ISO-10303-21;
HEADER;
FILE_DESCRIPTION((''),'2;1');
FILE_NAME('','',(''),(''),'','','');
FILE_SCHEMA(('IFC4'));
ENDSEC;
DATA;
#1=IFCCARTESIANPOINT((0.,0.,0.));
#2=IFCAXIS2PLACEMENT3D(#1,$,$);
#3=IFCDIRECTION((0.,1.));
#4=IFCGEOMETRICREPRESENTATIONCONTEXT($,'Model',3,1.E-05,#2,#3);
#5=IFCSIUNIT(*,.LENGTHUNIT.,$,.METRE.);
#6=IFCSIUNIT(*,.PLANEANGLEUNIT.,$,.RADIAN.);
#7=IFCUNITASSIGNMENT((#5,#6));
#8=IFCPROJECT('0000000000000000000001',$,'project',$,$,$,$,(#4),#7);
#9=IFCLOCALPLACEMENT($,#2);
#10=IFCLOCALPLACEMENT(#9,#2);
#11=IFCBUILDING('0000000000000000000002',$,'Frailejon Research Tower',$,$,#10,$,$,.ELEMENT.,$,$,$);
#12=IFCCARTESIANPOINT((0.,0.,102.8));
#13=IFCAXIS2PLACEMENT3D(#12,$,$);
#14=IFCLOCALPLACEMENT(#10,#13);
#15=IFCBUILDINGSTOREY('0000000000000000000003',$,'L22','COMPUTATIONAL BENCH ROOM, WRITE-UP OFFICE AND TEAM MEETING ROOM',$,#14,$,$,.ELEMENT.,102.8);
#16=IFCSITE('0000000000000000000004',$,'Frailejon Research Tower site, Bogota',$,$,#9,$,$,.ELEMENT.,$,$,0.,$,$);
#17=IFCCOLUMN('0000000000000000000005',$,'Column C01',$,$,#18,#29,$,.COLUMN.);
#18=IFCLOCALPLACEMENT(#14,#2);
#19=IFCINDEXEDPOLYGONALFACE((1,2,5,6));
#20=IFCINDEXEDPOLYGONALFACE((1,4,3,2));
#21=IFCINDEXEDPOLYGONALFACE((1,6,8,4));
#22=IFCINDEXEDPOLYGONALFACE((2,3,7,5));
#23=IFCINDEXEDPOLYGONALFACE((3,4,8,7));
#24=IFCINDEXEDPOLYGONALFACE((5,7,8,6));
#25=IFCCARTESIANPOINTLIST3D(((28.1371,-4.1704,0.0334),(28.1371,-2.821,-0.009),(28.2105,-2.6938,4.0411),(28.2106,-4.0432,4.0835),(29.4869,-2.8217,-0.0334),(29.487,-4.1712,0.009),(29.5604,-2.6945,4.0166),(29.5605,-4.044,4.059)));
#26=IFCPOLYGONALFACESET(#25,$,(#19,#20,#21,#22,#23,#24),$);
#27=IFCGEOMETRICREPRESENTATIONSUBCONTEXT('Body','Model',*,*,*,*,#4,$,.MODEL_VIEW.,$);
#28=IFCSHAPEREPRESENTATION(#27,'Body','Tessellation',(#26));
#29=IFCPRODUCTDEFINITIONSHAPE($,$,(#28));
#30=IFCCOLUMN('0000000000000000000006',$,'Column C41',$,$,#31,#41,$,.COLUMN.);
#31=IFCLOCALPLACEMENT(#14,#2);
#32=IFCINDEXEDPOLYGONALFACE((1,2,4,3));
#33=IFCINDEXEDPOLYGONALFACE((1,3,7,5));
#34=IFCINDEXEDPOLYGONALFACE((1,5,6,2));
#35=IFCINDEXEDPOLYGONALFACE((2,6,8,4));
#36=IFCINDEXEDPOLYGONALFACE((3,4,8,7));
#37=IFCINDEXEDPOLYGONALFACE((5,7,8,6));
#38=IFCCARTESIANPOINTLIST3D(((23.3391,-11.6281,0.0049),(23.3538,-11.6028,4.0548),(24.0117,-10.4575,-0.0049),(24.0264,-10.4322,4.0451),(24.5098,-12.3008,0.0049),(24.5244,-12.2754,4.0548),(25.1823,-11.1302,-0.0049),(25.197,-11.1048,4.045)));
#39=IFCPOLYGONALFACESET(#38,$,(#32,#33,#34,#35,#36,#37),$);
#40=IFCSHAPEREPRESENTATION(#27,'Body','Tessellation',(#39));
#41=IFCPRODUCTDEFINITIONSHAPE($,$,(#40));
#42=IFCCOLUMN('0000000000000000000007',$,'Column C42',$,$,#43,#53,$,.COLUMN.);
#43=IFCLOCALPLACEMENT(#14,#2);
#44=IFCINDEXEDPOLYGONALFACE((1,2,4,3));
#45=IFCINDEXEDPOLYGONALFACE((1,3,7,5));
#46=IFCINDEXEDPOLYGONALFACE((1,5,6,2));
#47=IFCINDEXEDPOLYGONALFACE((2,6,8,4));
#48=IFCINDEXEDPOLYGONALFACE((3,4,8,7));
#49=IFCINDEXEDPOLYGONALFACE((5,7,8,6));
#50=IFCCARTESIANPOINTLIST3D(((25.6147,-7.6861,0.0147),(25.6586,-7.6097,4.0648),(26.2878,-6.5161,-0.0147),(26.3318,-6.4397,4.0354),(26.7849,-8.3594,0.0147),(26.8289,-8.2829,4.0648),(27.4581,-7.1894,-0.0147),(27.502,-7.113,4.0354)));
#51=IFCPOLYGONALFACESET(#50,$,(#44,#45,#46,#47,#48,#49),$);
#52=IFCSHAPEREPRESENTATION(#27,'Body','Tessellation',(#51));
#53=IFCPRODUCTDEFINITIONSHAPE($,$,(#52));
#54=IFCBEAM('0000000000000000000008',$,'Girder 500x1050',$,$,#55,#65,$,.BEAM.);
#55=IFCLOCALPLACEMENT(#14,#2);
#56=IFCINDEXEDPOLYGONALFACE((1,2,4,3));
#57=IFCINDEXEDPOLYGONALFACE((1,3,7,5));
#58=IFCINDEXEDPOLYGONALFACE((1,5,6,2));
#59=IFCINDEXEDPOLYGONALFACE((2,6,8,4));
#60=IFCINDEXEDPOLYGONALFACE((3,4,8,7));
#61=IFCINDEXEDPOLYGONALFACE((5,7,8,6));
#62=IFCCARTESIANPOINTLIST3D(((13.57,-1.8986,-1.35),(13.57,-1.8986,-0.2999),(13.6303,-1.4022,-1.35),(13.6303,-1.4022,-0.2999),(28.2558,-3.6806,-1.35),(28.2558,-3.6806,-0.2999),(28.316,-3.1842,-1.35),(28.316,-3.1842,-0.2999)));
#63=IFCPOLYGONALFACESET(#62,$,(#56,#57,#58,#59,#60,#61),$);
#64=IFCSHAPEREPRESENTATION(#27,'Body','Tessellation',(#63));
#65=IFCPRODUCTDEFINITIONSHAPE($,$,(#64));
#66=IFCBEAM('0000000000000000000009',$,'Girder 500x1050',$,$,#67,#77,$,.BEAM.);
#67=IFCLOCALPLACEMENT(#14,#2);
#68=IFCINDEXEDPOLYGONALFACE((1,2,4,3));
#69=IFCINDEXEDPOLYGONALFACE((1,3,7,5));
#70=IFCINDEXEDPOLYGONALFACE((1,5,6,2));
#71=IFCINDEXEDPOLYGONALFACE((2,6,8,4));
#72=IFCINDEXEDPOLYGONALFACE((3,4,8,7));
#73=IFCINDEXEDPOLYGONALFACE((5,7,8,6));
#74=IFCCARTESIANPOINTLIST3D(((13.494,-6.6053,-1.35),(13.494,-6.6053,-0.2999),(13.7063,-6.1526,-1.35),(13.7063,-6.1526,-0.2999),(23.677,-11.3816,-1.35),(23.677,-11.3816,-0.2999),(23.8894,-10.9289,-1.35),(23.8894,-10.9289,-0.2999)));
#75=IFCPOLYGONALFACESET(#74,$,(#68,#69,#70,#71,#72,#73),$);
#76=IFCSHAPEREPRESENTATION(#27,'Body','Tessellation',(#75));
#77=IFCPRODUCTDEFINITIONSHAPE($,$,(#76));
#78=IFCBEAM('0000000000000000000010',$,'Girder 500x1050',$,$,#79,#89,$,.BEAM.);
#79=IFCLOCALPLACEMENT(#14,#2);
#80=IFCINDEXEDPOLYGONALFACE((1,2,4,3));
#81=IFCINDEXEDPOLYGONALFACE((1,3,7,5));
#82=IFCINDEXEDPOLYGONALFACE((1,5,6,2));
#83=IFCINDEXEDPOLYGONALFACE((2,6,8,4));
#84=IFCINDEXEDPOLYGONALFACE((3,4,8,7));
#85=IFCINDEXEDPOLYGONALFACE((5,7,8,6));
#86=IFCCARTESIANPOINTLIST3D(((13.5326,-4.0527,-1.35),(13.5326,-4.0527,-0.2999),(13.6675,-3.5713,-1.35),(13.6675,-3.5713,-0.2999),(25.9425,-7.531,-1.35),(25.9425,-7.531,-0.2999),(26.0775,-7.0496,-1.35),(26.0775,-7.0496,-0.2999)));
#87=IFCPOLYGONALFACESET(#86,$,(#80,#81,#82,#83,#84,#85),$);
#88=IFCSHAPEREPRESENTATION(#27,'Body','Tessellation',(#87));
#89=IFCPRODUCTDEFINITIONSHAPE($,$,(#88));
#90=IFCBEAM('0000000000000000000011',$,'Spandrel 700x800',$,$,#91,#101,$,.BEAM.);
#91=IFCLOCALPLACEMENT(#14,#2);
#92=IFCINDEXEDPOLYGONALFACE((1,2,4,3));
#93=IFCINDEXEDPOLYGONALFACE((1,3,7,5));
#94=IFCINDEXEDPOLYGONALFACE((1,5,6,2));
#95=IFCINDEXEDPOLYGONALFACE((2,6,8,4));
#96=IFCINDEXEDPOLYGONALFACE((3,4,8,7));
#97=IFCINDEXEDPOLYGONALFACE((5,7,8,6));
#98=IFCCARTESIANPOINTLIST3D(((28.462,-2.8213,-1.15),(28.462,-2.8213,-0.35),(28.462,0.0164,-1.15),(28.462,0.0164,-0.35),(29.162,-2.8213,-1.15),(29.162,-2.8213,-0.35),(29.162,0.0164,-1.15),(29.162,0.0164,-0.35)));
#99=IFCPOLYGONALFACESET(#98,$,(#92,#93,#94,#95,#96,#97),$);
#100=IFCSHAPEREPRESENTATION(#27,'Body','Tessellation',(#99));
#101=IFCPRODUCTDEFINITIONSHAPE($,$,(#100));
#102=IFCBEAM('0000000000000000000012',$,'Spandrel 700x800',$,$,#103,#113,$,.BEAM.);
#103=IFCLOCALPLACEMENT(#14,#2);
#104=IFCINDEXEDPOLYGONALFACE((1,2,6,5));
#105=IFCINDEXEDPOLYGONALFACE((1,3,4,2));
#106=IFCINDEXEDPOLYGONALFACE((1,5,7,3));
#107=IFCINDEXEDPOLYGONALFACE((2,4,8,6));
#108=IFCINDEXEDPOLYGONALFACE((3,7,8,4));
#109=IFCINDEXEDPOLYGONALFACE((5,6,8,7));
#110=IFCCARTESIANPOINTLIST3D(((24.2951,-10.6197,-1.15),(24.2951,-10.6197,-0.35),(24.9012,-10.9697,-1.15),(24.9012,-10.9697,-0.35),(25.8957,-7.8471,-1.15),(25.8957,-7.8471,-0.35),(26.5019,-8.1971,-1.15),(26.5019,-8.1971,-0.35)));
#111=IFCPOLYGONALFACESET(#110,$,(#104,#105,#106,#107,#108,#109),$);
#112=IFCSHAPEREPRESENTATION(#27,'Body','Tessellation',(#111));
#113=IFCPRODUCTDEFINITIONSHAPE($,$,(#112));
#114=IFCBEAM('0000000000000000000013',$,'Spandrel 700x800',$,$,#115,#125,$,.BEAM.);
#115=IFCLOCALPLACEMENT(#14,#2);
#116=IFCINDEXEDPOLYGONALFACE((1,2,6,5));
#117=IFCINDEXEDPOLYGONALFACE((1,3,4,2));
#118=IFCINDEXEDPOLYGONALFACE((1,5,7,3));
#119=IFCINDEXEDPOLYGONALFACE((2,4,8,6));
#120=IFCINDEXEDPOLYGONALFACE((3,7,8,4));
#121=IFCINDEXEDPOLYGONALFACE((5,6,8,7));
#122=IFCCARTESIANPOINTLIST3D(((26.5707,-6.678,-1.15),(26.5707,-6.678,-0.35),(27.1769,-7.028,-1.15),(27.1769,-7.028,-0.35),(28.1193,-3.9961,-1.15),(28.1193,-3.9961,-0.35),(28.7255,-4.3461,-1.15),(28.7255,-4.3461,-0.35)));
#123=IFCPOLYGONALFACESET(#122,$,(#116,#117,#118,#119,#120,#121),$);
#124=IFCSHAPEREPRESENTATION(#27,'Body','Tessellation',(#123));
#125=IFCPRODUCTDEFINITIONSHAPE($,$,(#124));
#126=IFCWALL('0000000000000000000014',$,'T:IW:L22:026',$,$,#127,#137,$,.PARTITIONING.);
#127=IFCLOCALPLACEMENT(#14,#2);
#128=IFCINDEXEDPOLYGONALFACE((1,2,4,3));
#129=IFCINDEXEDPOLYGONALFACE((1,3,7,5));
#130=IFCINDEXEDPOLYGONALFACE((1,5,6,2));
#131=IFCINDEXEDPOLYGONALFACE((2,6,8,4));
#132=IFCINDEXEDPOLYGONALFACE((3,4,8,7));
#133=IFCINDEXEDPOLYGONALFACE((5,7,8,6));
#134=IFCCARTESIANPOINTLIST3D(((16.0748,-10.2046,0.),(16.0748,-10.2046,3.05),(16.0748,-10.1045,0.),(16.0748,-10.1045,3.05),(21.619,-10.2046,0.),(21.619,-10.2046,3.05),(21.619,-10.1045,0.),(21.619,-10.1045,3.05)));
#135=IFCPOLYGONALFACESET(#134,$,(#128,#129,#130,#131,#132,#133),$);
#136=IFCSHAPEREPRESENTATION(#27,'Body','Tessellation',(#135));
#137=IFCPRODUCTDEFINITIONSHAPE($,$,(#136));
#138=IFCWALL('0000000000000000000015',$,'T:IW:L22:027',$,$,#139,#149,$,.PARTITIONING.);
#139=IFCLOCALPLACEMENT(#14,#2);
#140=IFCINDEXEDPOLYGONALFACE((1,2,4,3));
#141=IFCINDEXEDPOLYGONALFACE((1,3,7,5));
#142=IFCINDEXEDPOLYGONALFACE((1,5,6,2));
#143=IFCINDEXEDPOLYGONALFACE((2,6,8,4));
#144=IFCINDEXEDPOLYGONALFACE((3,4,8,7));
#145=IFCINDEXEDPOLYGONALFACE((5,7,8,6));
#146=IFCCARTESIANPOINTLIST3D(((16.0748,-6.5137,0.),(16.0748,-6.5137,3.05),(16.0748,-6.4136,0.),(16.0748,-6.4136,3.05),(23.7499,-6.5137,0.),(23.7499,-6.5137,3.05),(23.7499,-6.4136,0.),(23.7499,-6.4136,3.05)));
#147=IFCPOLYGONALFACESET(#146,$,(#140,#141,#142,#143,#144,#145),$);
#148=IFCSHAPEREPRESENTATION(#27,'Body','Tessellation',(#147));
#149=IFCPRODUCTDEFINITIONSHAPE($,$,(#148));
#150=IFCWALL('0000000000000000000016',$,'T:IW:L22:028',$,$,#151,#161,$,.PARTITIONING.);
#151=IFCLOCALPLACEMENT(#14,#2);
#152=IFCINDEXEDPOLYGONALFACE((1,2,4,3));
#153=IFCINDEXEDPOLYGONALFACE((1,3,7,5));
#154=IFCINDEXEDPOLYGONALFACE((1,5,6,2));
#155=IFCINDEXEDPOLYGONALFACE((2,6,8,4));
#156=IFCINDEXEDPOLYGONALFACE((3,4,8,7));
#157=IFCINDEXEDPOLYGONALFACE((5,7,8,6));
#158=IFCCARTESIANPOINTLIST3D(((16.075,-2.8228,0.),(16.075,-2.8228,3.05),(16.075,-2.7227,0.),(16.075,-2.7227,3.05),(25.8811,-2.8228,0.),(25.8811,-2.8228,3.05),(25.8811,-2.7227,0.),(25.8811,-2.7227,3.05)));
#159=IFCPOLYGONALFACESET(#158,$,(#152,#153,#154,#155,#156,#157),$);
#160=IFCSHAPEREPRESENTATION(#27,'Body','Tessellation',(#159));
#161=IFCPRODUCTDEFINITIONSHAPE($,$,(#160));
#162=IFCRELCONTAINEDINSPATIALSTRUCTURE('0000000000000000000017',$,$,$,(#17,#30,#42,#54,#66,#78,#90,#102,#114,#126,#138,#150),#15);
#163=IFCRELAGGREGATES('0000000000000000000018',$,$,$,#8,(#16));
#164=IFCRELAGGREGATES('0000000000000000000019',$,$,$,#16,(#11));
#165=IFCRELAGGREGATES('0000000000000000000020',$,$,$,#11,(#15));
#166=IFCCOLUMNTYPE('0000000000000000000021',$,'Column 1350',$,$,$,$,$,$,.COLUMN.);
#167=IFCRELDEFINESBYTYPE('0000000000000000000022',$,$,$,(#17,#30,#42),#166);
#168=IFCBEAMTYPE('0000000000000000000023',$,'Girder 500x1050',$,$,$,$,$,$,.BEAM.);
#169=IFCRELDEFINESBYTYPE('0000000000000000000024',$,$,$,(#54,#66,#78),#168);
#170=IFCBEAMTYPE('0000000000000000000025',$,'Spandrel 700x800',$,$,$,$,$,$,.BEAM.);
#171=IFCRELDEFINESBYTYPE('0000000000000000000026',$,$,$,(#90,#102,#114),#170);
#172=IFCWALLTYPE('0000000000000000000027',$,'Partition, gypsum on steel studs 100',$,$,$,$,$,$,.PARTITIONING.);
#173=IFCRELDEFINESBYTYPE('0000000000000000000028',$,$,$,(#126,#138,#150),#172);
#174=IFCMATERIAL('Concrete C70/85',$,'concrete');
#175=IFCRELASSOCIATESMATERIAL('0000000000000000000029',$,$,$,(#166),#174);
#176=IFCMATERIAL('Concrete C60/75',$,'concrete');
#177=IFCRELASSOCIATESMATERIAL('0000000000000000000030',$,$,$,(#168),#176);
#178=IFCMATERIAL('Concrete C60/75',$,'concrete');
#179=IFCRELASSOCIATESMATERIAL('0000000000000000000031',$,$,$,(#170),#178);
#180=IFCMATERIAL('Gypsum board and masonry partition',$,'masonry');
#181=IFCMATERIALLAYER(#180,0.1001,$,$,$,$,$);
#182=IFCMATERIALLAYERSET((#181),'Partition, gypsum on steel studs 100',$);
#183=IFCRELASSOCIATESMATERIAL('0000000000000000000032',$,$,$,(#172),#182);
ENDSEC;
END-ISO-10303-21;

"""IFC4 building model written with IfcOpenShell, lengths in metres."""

from ifc_helpers import new_model, si_unit, direction, frame, frame_2d, origin, origin_2d, place, context, subcontext, project, spatial, rectangle, extrude, material, layer, layer_set, material_profile, profile_set, type_object, element, save


model = new_model("IFC4")

# Units and contexts
model_context = context("Model", 3, precision=1e-05, world=origin(), true_north=direction((0.0, 1.0)))
body_context = subcontext(model_context, "Body", "Model", "MODEL_VIEW")
ifc_project = project(units=[si_unit("LENGTHUNIT", "METRE"), si_unit("PLANEANGLEUNIT", "RADIAN")], contexts=[model_context])

# Site, building, storey
site_placement = place(None, origin())
site = spatial("IfcSite", under=ifc_project, at=site_placement, Name="Frailejon Research Tower site, Bogota", CompositionType="ELEMENT", RefElevation=0.0)
building_placement = place(site_placement, origin())
building = spatial("IfcBuilding", under=site, at=building_placement, Name="Frailejon Research Tower", CompositionType="ELEMENT")
storey_placement = place(building_placement, frame((0.0, 0.0, 102.8)))
storey = spatial("IfcBuildingStorey", under=building, at=storey_placement, Name="L22", Description="COMPUTATIONAL BENCH ROOM, WRITE-UP OFFICE AND TEAM MEETING ROOM", CompositionType="ELEMENT", Elevation=102.8)

# Columns
ifc_material_1 = material(Name="Concrete C70/85", Category="concrete")
ifc_material_profile_1 = material_profile(ifc_material_1, rectangle(XDim=1.3501, YDim=1.3501, at=origin_2d()), Name="Column 1350")
ifc_profile_set_1 = profile_set([ifc_material_profile_1], Name="Concrete C70/85")
column_type = type_object("IfcColumnType", Name="Column 1350", PredefinedType="COLUMN", material=ifc_profile_set_1)
column_1_placement = place(storey_placement, frame((28.812, -3.4961, 0.0), z_axis=(0.018133, 0.031386, 0.999343), x_axis=(-0.000022, 0.999507, -0.03139)))
element("IfcColumn", 1, at=column_1_placement, inside=storey, type_object=column_type, Name="Column C01", PredefinedType="COLUMN", context=body_context, shape_type="SweptSolid", body=[
    extrude(rectangle(XDim=1.3501, YDim=1.3501, at=origin_2d()), origin(), (0.0, 0.0, 1.0), 4.0527),
])
column_2_placement = place(storey_placement, frame((24.2607, -11.3792, 0.0), z_axis=(0.003617, 0.006269, 0.999974), x_axis=(0.498177, 0.867045, -0.007238)))
element("IfcColumn", 2, at=column_2_placement, inside=storey, type_object=column_type, Name="Column C41", PredefinedType="COLUMN", context=body_context, shape_type="SweptSolid", body=[
    extrude(rectangle(XDim=1.3501, YDim=1.3501, at=origin_2d()), origin(), (0.0, 0.0, 1.0), 4.05),
])
column_3_placement = place(storey_placement, frame((26.5364, -7.4377, 0.0), z_axis=(0.010848, 0.018863, 0.999763), x_axis=(0.498562, 0.866581, -0.02176)))
element("IfcColumn", 3, at=column_3_placement, inside=storey, type_object=column_type, Name="Column C42", PredefinedType="COLUMN", context=body_context, shape_type="SweptSolid", body=[
    extrude(rectangle(XDim=1.3501, YDim=1.3501, at=origin_2d()), origin(), (0.0, 0.0, 1.0), 4.051),
])

# Beams
ifc_material_2 = material(Name="Concrete C60/75", Category="concrete")
ifc_material_profile_2 = material_profile(ifc_material_2, rectangle(XDim=0.5, YDim=1.05, at=origin_2d()), Name="Girder 500x1050")
ifc_profile_set_2 = profile_set([ifc_material_profile_2], Name="Concrete C60/75")
beam_type_1 = type_object("IfcBeamType", Name="Girder 500x1050", PredefinedType="BEAM", material=ifc_profile_set_2)
beam_1_placement = place(storey_placement, frame((28.2859, -3.4324, -0.825), z_axis=(-0.992719, 0.120457, 0.0), x_axis=(-0.120457, -0.992719, 0.0)))
element("IfcBeam", 4, at=beam_1_placement, inside=storey, type_object=beam_type_1, Name="Girder 500x1050", PredefinedType="BEAM", context=body_context, shape_type="SweptSolid", body=[
    extrude(rectangle(XDim=0.5, YDim=1.05, at=origin_2d()), origin(), (0.0, 0.0, 1.0), 14.7935),
])
beam_2_placement = place(storey_placement, frame((23.7832, -11.1553, -0.825), z_axis=(-0.905355, 0.424655, 0.0), x_axis=(-0.424655, -0.905355, 0.0)))
element("IfcBeam", 5, at=beam_2_placement, inside=storey, type_object=beam_type_1, Name="Girder 500x1050", PredefinedType="BEAM", context=body_context, shape_type="SweptSolid", body=[
    extrude(rectangle(XDim=0.5, YDim=1.05, at=origin_2d()), origin(), (0.0, 0.0, 1.0), 11.2476),
])
beam_3_placement = place(storey_placement, frame((26.01, -7.2903, -0.825), z_axis=(-0.962894, 0.269881, 0.0), x_axis=(-0.269881, -0.962894, 0.0)))
element("IfcBeam", 6, at=beam_3_placement, inside=storey, type_object=beam_type_1, Name="Girder 500x1050", PredefinedType="BEAM", context=body_context, shape_type="SweptSolid", body=[
    extrude(rectangle(XDim=0.5, YDim=1.05, at=origin_2d()), origin(), (0.0, 0.0, 1.0), 12.8882),
])
ifc_material_3 = material(Name="Concrete C60/75", Category="concrete")
ifc_material_profile_3 = material_profile(ifc_material_3, rectangle(XDim=0.7, YDim=0.8, at=origin_2d()), Name="Spandrel 700x800")
ifc_profile_set_3 = profile_set([ifc_material_profile_3], Name="Concrete C60/75")
beam_type_2 = type_object("IfcBeamType", Name="Spandrel 700x800", PredefinedType="BEAM", material=ifc_profile_set_3)
beam_4_placement = place(storey_placement, frame((28.812, -2.8213, -0.75), z_axis=(0.0, 1.0, 0.0), x_axis=(-1.0, 0.0, 0.0)))
element("IfcBeam", 7, at=beam_4_placement, inside=storey, type_object=beam_type_2, Name="Spandrel 700x800", PredefinedType="BEAM", context=body_context, shape_type="SweptSolid", body=[
    extrude(rectangle(XDim=0.7, YDim=0.8, at=origin_2d()), origin(), (0.0, 0.0, 1.0), 2.8376),
])
beam_5_placement = place(storey_placement, frame((24.5981, -10.7947, -0.75), z_axis=(0.499978, 0.866038, 0.0), x_axis=(-0.866038, 0.499978, 0.0)))
element("IfcBeam", 8, at=beam_5_placement, inside=storey, type_object=beam_type_2, Name="Spandrel 700x800", PredefinedType="BEAM", context=body_context, shape_type="SweptSolid", body=[
    extrude(rectangle(XDim=0.7, YDim=0.8, at=origin_2d()), origin(), (0.0, 0.0, 1.0), 3.2014),
])
beam_6_placement = place(storey_placement, frame((26.8738, -6.853, -0.75), z_axis=(0.500048, 0.865998, 0.0), x_axis=(-0.865998, 0.500048, 0.0)))
element("IfcBeam", 9, at=beam_6_placement, inside=storey, type_object=beam_type_2, Name="Spandrel 700x800", PredefinedType="BEAM", context=body_context, shape_type="SweptSolid", body=[
    extrude(rectangle(XDim=0.7, YDim=0.8, at=origin_2d()), origin(), (0.0, 0.0, 1.0), 3.0969),
])

# Walls
ifc_material_4 = material(Name="Gypsum board and masonry partition", Category="masonry")
ifc_layer_1 = layer(ifc_material_4, 0.1001)
ifc_layer_set_1 = layer_set([ifc_layer_1], Name="Partition, gypsum on steel studs 100")
wall_type_1 = type_object("IfcWallType", Name="Partition, gypsum on steel studs 100", PredefinedType="PARTITIONING", material=ifc_layer_set_1)
wall_1_placement = place(storey_placement, frame((16.075, -10.1545, 0.0), z_axis=(0.0, 0.0, 1.0), x_axis=(1.0, 0.0, 0.0)))
element("IfcWall", 10, at=wall_1_placement, inside=storey, type_object=wall_type_1, Name="T:IW:L22:026", PredefinedType="PARTITIONING", context=body_context, shape_type="SweptSolid", body=[
    extrude(rectangle(XDim=5.5442, YDim=0.1001, at=frame_2d((2.772, 0.0))), origin(), (0.0, 0.0, 1.0), 3.05),
])
wall_2_placement = place(storey_placement, frame((16.075, -6.4636, 0.0), z_axis=(0.0, 0.0, 1.0), x_axis=(1.0, 0.0, 0.0)))
element("IfcWall", 11, at=wall_2_placement, inside=storey, type_object=wall_type_1, Name="T:IW:L22:027", PredefinedType="PARTITIONING", context=body_context, shape_type="SweptSolid", body=[
    extrude(rectangle(XDim=7.675, YDim=0.1001, at=frame_2d((3.8374, 0.0))), origin(), (0.0, 0.0, 1.0), 3.05),
])
wall_3_placement = place(storey_placement, frame((16.075, -2.7727, 0.0), z_axis=(0.0, 0.0, 1.0), x_axis=(1.0, 0.0, 0.0)))
element("IfcWall", 12, at=wall_3_placement, inside=storey, type_object=wall_type_1, Name="T:IW:L22:028", PredefinedType="PARTITIONING", context=body_context, shape_type="SweptSolid", body=[
    extrude(rectangle(XDim=9.8062, YDim=0.1001, at=frame_2d((4.9031, 0.0))), origin(), (0.0, 0.0, 1.0), 3.05),
])

save(model, "model.ifc")
